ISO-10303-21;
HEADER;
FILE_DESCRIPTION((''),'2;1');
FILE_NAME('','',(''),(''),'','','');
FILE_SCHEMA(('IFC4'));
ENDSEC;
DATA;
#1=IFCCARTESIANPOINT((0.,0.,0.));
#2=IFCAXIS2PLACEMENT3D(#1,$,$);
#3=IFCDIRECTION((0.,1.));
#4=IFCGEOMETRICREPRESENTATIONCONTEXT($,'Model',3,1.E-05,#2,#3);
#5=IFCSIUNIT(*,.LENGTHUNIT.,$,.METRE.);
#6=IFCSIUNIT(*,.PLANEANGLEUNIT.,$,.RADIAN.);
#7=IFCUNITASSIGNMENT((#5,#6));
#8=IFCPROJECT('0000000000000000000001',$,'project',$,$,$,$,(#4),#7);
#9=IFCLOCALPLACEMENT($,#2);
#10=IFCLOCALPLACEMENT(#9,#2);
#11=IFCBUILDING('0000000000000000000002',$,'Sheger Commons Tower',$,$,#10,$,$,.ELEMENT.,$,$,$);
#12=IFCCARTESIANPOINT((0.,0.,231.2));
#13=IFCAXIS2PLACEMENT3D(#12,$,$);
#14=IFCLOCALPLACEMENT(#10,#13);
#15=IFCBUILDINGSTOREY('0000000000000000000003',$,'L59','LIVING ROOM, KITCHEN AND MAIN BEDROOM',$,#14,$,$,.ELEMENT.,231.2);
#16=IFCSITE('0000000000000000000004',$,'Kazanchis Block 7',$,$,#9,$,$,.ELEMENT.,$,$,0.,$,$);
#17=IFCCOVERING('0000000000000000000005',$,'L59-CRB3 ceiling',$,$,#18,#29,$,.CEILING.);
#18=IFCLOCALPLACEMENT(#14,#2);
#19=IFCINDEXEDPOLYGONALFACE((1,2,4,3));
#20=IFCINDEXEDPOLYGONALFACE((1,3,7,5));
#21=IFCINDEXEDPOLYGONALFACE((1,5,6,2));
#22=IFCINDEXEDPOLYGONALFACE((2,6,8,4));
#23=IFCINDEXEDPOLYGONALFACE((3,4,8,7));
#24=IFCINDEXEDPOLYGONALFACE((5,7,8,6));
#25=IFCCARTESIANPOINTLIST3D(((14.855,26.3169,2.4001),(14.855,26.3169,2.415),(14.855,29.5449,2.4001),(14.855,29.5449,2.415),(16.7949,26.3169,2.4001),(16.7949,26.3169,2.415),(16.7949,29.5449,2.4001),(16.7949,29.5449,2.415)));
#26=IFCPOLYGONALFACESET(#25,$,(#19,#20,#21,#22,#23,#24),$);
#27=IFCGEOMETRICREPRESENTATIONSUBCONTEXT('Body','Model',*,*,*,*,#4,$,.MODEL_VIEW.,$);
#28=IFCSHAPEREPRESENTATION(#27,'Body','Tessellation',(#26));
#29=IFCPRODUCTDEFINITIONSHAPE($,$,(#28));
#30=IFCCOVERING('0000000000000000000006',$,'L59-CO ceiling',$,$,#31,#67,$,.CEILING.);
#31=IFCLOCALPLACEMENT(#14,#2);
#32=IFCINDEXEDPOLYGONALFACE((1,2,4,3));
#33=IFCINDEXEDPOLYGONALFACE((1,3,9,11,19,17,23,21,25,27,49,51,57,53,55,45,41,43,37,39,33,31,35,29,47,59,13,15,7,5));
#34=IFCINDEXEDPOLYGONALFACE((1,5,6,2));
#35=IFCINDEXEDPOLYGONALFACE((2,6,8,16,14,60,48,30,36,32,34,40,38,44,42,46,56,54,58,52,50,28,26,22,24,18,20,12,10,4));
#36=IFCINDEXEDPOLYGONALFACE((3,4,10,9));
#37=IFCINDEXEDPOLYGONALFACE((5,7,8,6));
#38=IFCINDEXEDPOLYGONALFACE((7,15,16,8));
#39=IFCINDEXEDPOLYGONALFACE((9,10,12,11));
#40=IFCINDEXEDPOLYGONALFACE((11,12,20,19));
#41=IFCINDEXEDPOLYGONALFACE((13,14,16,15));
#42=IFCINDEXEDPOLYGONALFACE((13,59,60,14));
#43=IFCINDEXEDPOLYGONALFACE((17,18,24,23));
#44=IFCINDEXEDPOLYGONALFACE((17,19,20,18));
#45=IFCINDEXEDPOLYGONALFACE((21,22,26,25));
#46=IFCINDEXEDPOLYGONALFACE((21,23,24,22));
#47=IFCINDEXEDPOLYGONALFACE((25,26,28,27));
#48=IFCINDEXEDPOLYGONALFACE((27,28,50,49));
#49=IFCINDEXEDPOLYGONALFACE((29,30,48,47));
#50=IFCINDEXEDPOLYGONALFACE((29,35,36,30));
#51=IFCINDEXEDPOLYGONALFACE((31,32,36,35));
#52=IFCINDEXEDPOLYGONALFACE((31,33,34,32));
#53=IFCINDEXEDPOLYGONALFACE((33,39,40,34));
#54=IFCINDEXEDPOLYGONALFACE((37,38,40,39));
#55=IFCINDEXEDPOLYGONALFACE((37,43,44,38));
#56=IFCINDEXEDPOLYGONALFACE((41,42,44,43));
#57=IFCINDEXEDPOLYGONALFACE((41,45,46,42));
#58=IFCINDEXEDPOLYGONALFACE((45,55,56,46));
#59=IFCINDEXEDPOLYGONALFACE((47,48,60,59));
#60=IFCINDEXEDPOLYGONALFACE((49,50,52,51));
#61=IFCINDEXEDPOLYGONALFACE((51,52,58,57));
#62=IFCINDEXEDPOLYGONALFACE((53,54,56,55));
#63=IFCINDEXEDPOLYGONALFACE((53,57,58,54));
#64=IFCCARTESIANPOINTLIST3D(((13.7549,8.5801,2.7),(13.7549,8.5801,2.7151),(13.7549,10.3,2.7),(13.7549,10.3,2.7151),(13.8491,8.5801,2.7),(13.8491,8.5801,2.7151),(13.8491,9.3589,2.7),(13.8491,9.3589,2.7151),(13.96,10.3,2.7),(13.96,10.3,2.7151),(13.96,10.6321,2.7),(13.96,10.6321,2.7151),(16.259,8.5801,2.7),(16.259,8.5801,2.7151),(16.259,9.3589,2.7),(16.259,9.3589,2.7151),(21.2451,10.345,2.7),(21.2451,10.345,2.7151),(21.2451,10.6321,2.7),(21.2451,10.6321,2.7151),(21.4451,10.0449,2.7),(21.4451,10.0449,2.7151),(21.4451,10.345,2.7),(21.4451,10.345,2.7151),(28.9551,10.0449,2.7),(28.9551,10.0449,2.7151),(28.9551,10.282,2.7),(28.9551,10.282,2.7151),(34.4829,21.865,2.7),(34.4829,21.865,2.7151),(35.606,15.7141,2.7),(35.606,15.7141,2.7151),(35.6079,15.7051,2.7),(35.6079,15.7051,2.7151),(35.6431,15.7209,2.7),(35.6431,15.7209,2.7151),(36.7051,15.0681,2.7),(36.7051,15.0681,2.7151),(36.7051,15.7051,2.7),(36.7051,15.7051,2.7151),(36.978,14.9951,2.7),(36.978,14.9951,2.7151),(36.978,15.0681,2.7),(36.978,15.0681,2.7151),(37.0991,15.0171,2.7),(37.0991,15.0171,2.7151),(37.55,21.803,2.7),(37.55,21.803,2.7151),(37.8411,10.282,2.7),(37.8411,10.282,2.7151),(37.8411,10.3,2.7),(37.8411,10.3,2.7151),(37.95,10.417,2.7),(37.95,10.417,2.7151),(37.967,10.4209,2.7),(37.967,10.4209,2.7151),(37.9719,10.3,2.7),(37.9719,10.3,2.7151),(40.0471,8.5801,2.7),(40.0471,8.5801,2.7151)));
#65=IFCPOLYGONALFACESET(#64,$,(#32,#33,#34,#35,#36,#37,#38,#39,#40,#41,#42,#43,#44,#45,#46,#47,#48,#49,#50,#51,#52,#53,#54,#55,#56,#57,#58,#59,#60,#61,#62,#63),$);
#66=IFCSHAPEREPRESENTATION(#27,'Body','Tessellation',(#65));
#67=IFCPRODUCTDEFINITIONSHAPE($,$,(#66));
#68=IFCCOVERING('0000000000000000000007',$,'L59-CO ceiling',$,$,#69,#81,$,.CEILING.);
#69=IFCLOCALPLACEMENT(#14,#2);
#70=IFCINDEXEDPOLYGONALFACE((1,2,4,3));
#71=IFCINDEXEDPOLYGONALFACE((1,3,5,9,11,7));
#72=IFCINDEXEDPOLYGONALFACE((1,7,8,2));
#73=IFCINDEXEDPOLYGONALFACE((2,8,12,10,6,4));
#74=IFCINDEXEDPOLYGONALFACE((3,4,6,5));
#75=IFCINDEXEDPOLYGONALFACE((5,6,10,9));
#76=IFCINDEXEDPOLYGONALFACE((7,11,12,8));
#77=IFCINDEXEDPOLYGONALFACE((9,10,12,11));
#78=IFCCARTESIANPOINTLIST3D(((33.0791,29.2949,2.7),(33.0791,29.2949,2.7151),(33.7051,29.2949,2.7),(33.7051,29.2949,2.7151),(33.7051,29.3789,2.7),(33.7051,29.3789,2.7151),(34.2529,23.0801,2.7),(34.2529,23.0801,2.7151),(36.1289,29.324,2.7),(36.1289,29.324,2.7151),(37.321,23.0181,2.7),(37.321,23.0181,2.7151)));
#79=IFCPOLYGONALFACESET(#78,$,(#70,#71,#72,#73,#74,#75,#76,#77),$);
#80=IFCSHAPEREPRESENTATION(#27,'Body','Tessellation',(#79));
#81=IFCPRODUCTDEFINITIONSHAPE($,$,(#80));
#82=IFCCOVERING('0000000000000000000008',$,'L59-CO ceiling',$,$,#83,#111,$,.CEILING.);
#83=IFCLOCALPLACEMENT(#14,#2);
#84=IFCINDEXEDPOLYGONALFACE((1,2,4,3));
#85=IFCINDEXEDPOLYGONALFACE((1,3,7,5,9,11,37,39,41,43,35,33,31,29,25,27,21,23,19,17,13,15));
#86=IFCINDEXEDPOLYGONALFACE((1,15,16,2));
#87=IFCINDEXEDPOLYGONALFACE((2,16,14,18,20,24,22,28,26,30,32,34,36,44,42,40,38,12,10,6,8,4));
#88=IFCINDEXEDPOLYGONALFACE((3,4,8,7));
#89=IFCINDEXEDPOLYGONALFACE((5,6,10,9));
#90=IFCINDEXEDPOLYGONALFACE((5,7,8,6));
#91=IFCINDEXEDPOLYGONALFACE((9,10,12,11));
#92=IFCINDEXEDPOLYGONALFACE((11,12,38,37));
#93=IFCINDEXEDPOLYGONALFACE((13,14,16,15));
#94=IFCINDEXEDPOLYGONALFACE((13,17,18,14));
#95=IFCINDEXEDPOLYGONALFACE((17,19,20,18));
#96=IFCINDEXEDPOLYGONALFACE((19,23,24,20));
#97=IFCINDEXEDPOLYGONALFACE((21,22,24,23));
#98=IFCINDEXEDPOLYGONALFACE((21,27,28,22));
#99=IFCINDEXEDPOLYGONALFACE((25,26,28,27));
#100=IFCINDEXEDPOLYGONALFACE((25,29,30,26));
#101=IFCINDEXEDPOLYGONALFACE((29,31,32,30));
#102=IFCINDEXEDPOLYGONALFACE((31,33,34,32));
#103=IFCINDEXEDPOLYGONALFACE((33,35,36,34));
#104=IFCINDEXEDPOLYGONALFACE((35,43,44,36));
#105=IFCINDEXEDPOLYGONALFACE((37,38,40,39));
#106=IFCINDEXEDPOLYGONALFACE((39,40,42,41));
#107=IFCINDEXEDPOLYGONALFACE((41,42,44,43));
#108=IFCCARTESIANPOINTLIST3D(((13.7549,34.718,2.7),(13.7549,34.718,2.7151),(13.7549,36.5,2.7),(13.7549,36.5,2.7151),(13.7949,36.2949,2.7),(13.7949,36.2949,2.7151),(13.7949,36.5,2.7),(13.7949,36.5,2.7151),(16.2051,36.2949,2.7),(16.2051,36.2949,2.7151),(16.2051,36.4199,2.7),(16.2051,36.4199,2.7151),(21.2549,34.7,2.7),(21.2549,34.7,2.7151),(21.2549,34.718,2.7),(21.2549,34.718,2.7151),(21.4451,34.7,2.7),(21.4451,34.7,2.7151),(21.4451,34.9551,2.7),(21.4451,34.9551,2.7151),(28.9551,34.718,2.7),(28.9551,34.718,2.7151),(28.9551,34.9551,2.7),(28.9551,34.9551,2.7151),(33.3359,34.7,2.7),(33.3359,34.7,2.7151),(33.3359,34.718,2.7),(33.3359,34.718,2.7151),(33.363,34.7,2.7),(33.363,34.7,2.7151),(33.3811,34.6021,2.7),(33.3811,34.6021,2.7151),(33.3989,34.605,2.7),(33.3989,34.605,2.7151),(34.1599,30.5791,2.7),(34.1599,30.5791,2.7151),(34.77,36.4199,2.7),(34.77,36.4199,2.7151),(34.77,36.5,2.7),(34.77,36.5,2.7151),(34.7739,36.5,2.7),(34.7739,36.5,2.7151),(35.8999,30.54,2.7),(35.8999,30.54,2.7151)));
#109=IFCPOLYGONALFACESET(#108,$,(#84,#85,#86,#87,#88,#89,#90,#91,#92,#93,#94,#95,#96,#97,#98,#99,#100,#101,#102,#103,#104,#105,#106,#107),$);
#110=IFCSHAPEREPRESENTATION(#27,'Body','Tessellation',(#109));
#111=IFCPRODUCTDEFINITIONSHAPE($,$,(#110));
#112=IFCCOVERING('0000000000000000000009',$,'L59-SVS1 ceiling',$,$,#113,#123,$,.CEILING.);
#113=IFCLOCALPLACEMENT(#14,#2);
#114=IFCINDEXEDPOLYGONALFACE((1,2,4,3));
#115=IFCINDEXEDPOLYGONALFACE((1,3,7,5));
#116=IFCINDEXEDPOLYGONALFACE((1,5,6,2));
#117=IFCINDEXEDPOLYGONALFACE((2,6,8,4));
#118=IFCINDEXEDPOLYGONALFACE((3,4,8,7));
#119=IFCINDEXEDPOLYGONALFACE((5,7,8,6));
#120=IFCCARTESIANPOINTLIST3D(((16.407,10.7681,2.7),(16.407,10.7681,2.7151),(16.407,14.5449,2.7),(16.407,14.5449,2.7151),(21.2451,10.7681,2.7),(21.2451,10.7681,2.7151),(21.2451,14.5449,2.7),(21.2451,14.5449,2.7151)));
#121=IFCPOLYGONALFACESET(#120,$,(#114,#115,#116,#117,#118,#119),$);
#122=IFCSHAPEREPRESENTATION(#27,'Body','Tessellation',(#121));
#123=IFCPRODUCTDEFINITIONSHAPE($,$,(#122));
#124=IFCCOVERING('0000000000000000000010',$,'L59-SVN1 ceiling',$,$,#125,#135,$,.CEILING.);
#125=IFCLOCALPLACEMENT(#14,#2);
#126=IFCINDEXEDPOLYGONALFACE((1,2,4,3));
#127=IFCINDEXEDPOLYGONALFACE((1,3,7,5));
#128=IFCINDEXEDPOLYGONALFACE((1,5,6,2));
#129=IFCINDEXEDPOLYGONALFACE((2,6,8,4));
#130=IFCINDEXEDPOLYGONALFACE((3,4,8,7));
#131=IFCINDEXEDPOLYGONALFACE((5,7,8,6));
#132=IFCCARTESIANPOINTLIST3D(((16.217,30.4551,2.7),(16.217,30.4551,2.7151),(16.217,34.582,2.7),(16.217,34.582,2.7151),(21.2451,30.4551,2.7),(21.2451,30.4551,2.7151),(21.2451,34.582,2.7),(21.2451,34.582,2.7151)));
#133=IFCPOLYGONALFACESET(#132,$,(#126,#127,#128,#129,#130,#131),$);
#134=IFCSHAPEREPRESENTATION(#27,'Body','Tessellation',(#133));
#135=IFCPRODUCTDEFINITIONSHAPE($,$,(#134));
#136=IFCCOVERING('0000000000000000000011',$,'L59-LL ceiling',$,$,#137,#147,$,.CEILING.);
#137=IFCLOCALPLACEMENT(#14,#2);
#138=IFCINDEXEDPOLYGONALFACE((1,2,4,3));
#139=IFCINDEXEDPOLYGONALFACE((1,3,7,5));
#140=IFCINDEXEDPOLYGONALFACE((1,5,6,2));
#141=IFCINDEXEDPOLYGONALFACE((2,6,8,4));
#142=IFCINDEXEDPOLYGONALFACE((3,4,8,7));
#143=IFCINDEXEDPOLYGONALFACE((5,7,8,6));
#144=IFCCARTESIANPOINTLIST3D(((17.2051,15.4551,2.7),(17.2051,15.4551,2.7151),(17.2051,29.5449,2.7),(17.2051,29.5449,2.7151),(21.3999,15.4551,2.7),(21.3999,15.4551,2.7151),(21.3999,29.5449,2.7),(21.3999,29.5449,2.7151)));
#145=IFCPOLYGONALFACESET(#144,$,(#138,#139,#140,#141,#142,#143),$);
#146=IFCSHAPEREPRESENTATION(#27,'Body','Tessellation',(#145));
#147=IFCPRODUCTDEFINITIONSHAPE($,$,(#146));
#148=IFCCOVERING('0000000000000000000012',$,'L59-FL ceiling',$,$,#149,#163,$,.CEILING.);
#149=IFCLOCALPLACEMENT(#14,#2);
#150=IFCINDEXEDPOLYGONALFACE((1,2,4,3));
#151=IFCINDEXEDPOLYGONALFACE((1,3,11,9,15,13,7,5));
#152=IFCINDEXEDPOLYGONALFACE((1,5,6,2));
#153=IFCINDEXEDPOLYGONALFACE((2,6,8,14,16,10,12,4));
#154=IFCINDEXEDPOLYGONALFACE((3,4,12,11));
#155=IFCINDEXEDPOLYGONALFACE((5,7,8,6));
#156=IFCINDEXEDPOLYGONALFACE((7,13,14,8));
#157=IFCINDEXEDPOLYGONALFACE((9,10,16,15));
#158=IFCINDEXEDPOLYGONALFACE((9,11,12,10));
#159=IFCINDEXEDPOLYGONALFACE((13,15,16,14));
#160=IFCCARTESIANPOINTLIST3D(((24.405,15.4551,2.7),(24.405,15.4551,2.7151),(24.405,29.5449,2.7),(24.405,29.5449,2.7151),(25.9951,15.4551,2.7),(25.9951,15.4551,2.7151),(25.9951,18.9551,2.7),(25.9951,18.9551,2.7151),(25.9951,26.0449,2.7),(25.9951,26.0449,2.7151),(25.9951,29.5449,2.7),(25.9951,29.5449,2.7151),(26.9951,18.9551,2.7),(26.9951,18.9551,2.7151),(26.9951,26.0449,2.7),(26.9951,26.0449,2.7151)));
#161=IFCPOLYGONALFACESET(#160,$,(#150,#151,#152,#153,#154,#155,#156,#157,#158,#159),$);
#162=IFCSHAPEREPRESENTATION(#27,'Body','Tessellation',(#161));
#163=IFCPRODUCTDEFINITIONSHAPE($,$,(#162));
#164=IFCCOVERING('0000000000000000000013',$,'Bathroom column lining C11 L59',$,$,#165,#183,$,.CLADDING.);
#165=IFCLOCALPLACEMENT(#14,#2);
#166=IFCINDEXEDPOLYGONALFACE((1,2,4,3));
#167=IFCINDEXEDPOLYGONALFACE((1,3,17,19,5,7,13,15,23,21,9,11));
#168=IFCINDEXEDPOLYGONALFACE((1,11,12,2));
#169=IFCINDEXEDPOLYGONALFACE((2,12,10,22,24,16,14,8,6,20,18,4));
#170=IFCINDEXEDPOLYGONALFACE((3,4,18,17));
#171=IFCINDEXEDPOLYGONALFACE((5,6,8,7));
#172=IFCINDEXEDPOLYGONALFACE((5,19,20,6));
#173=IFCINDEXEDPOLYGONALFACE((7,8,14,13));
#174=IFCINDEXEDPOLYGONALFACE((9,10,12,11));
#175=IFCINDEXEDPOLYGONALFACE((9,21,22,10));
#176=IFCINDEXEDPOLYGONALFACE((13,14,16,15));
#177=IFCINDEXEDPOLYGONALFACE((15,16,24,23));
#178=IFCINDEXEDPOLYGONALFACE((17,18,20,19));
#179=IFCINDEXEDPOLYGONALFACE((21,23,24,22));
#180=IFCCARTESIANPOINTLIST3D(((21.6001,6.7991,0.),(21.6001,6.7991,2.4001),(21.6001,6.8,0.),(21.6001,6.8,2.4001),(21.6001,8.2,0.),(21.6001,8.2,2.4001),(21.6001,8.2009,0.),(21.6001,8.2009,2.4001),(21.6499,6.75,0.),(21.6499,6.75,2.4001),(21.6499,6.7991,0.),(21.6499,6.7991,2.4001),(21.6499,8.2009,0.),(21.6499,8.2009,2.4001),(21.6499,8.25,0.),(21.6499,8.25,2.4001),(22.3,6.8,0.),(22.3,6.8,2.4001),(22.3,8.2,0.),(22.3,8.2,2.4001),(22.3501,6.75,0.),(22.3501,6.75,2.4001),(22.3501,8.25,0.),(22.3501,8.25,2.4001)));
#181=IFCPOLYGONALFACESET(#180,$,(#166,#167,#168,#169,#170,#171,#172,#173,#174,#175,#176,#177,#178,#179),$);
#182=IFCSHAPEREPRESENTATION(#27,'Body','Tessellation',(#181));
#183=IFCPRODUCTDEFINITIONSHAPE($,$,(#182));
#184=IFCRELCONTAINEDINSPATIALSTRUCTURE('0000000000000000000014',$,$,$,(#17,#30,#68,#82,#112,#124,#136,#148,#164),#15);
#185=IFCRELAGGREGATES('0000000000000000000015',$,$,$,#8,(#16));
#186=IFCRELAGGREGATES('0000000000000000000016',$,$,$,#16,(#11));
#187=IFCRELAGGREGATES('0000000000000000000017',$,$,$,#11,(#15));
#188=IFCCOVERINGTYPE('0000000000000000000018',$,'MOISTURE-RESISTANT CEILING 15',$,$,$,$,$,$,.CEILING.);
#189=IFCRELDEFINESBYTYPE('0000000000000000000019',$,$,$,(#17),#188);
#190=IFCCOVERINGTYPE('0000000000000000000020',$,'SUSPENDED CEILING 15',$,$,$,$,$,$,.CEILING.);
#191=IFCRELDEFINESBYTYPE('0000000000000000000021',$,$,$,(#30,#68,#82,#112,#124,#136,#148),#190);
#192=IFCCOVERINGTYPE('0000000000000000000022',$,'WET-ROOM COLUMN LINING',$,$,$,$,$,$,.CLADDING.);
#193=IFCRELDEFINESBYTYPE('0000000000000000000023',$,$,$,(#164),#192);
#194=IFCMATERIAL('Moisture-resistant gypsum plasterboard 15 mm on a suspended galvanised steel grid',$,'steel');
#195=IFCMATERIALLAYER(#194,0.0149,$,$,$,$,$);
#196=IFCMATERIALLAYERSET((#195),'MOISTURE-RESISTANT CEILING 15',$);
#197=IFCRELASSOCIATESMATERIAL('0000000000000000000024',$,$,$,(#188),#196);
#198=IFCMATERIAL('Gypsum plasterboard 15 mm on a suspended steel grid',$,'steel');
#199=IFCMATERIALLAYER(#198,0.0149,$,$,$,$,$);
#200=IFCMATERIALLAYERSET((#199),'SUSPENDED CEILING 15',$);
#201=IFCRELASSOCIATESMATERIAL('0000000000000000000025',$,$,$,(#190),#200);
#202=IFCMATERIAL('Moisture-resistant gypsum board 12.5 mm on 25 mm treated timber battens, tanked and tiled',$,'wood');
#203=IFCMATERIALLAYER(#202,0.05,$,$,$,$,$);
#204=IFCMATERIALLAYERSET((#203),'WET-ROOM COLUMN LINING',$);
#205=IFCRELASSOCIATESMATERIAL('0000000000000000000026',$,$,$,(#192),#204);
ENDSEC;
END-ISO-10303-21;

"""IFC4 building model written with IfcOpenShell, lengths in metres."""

from ifc_helpers import new_model, si_unit, direction, frame, origin, place, context, subcontext, project, spatial, polyline, outline, extrude, material, layer, layer_set, type_object, element, save


model = new_model("IFC4")

# Units and contexts
model_context = context("Model", 3, precision=1e-05, world=origin(), true_north=direction((0.0, 1.0)))
body_context = subcontext(model_context, "Body", "Model", "MODEL_VIEW")
ifc_project = project(units=[si_unit("LENGTHUNIT", "METRE"), si_unit("PLANEANGLEUNIT", "RADIAN")], contexts=[model_context])

# Site, building, storey
site_placement = place(None, origin())
site = spatial("IfcSite", under=ifc_project, at=site_placement, Name="Kazanchis Block 7", CompositionType="ELEMENT", RefElevation=0.0)
building_placement = place(site_placement, origin())
building = spatial("IfcBuilding", under=site, at=building_placement, Name="Sheger Commons Tower", CompositionType="ELEMENT")
storey_placement = place(building_placement, frame((0.0, 0.0, 231.2)))
storey = spatial("IfcBuildingStorey", under=building, at=storey_placement, Name="L59", Description="LIVING ROOM, KITCHEN AND MAIN BEDROOM", CompositionType="ELEMENT", Elevation=231.2)

# Coverings
ifc_material_1 = material(Name="Moisture-resistant gypsum plasterboard 15 mm on a suspended galvanised steel grid", Category="steel")
ifc_layer_1 = layer(ifc_material_1, 0.0149)
ifc_layer_set_1 = layer_set([ifc_layer_1], Name="MOISTURE-RESISTANT CEILING 15")
covering_type_1 = type_object("IfcCoveringType", Name="MOISTURE-RESISTANT CEILING 15", PredefinedType="CEILING", material=ifc_layer_set_1)
covering_1_placement = place(storey_placement, frame((0.0, 0.0, 2.4001)))
element("IfcCovering", 1, at=covering_1_placement, inside=storey, type_object=covering_type_1, Name="L59-CRB3 ceiling", PredefinedType="CEILING", context=body_context, shape_type="SweptSolid", body=[
    extrude(outline(polyline([(14.855, 26.3169), (16.7949, 26.3169), (16.7949, 29.5449), (14.855, 29.5449), (14.855, 26.3169)])), origin(), (0.0, 0.0, 1.0), 0.0149),
])
ifc_material_2 = material(Name="Gypsum plasterboard 15 mm on a suspended steel grid", Category="steel")
ifc_layer_2 = layer(ifc_material_2, 0.0149)
ifc_layer_set_2 = layer_set([ifc_layer_2], Name="SUSPENDED CEILING 15")
covering_type_2 = type_object("IfcCoveringType", Name="SUSPENDED CEILING 15", PredefinedType="CEILING", material=ifc_layer_set_2)
covering_2_placement = place(storey_placement, frame((0.0, 0.0, 2.7)))
element("IfcCovering", 2, at=covering_2_placement, inside=storey, type_object=covering_type_2, Name="L59-CO ceiling", PredefinedType="CEILING", context=body_context, shape_type="SweptSolid", body=[
    extrude(outline(polyline([(13.7549, 8.5801), (13.8491, 8.5801), (13.8491, 9.3589), (16.259, 9.3589), (16.259, 8.5801), (40.0471, 8.5801), (37.55, 21.803), (34.4829, 21.865), (35.6431, 15.7209), (35.606, 15.7141), (35.6079, 15.7051), (36.7051, 15.7051), (36.7051, 15.0681), (36.978, 15.0681), (36.978, 14.9951), (37.0991, 15.0171), (37.967, 10.4209), (37.95, 10.417), (37.9719, 10.3), (37.8411, 10.3), (37.8411, 10.282), (28.9551, 10.282), (28.9551, 10.0449), (21.4451, 10.0449), (21.4451, 10.345), (21.2451, 10.345), (21.2451, 10.6321), (13.96, 10.6321), (13.96, 10.3), (13.7549, 10.3), (13.7549, 8.5801)])), origin(), (0.0, 0.0, 1.0), 0.0151),
])
covering_3_placement = place(storey_placement, frame((0.0, 0.0, 2.7)))
element("IfcCovering", 3, at=covering_3_placement, inside=storey, type_object=covering_type_2, Name="L59-CO ceiling", PredefinedType="CEILING", context=body_context, shape_type="SweptSolid", body=[
    extrude(outline(polyline([(37.321, 23.0181), (36.1289, 29.324), (33.7051, 29.3789), (33.7051, 29.2949), (33.0791, 29.2949), (34.2529, 23.0801), (37.321, 23.0181)])), origin(), (0.0, 0.0, 1.0), 0.0151),
])
covering_4_placement = place(storey_placement, frame((0.0, 0.0, 2.7)))
element("IfcCovering", 4, at=covering_4_placement, inside=storey, type_object=covering_type_2, Name="L59-CO ceiling", PredefinedType="CEILING", context=body_context, shape_type="SweptSolid", body=[
    extrude(outline(polyline([(35.8999, 30.54), (34.7739, 36.5), (34.77, 36.5), (34.77, 36.4199), (16.2051, 36.4199), (16.2051, 36.2949), (13.7949, 36.2949), (13.7949, 36.5), (13.7549, 36.5), (13.7549, 34.718), (21.2549, 34.718), (21.2549, 34.7), (21.4451, 34.7), (21.4451, 34.9551), (28.9551, 34.9551), (28.9551, 34.718), (33.3359, 34.718), (33.3359, 34.7), (33.363, 34.7), (33.3811, 34.6021), (33.3989, 34.605), (34.1599, 30.5791), (35.8999, 30.54)])), origin(), (0.0, 0.0, 1.0), 0.0151),
])
covering_5_placement = place(storey_placement, frame((0.0, 0.0, 2.7)))
element("IfcCovering", 5, at=covering_5_placement, inside=storey, type_object=covering_type_2, Name="L59-SVS1 ceiling", PredefinedType="CEILING", context=body_context, shape_type="SweptSolid", body=[
    extrude(outline(polyline([(16.407, 10.7681), (21.2451, 10.7681), (21.2451, 14.5449), (16.407, 14.5449), (16.407, 10.7681)])), origin(), (0.0, 0.0, 1.0), 0.0151),
])
covering_6_placement = place(storey_placement, frame((0.0, 0.0, 2.7)))
element("IfcCovering", 6, at=covering_6_placement, inside=storey, type_object=covering_type_2, Name="L59-SVN1 ceiling", PredefinedType="CEILING", context=body_context, shape_type="SweptSolid", body=[
    extrude(outline(polyline([(16.217, 30.4551), (21.2451, 30.4551), (21.2451, 34.582), (16.217, 34.582), (16.217, 30.4551)])), origin(), (0.0, 0.0, 1.0), 0.0151),
])
covering_7_placement = place(storey_placement, frame((0.0, 0.0, 2.7)))
element("IfcCovering", 7, at=covering_7_placement, inside=storey, type_object=covering_type_2, Name="L59-LL ceiling", PredefinedType="CEILING", context=body_context, shape_type="SweptSolid", body=[
    extrude(outline(polyline([(17.2051, 15.4551), (21.3999, 15.4551), (21.3999, 29.5449), (17.2051, 29.5449), (17.2051, 15.4551)])), origin(), (0.0, 0.0, 1.0), 0.0151),
])
covering_8_placement = place(storey_placement, frame((0.0, 0.0, 2.7)))
element("IfcCovering", 8, at=covering_8_placement, inside=storey, type_object=covering_type_2, Name="L59-FL ceiling", PredefinedType="CEILING", context=body_context, shape_type="SweptSolid", body=[
    extrude(outline(polyline([(24.405, 15.4551), (25.9951, 15.4551), (25.9951, 18.9551), (26.9951, 18.9551), (26.9951, 26.0449), (25.9951, 26.0449), (25.9951, 29.5449), (24.405, 29.5449), (24.405, 15.4551)])), origin(), (0.0, 0.0, 1.0), 0.0151),
])
ifc_material_3 = material(Name="Moisture-resistant gypsum board 12.5 mm on 25 mm treated timber battens, tanked and tiled", Category="wood")
ifc_layer_3 = layer(ifc_material_3, 0.05)
ifc_layer_set_3 = layer_set([ifc_layer_3], Name="WET-ROOM COLUMN LINING")
covering_type_3 = type_object("IfcCoveringType", Name="WET-ROOM COLUMN LINING", PredefinedType="CLADDING", material=ifc_layer_set_3)
covering_9_placement = place(storey_placement, origin())
element("IfcCovering", 9, at=covering_9_placement, inside=storey, type_object=covering_type_3, Name="Bathroom column lining C11 L59", PredefinedType="CLADDING", context=body_context, shape_type="SweptSolid", body=[
    extrude(outline(polyline([(22.3501, 6.75), (21.6499, 6.75), (21.6499, 6.7991), (21.6001, 6.7991), (21.6001, 6.8), (22.3, 6.8), (22.3, 8.2), (21.6001, 8.2), (21.6001, 8.2009), (21.6499, 8.2009), (21.6499, 8.25), (22.3501, 8.25), (22.3501, 6.75)])), origin(), (0.0, 0.0, 1.0), 2.4001),
])

save(model, "model.ifc")
